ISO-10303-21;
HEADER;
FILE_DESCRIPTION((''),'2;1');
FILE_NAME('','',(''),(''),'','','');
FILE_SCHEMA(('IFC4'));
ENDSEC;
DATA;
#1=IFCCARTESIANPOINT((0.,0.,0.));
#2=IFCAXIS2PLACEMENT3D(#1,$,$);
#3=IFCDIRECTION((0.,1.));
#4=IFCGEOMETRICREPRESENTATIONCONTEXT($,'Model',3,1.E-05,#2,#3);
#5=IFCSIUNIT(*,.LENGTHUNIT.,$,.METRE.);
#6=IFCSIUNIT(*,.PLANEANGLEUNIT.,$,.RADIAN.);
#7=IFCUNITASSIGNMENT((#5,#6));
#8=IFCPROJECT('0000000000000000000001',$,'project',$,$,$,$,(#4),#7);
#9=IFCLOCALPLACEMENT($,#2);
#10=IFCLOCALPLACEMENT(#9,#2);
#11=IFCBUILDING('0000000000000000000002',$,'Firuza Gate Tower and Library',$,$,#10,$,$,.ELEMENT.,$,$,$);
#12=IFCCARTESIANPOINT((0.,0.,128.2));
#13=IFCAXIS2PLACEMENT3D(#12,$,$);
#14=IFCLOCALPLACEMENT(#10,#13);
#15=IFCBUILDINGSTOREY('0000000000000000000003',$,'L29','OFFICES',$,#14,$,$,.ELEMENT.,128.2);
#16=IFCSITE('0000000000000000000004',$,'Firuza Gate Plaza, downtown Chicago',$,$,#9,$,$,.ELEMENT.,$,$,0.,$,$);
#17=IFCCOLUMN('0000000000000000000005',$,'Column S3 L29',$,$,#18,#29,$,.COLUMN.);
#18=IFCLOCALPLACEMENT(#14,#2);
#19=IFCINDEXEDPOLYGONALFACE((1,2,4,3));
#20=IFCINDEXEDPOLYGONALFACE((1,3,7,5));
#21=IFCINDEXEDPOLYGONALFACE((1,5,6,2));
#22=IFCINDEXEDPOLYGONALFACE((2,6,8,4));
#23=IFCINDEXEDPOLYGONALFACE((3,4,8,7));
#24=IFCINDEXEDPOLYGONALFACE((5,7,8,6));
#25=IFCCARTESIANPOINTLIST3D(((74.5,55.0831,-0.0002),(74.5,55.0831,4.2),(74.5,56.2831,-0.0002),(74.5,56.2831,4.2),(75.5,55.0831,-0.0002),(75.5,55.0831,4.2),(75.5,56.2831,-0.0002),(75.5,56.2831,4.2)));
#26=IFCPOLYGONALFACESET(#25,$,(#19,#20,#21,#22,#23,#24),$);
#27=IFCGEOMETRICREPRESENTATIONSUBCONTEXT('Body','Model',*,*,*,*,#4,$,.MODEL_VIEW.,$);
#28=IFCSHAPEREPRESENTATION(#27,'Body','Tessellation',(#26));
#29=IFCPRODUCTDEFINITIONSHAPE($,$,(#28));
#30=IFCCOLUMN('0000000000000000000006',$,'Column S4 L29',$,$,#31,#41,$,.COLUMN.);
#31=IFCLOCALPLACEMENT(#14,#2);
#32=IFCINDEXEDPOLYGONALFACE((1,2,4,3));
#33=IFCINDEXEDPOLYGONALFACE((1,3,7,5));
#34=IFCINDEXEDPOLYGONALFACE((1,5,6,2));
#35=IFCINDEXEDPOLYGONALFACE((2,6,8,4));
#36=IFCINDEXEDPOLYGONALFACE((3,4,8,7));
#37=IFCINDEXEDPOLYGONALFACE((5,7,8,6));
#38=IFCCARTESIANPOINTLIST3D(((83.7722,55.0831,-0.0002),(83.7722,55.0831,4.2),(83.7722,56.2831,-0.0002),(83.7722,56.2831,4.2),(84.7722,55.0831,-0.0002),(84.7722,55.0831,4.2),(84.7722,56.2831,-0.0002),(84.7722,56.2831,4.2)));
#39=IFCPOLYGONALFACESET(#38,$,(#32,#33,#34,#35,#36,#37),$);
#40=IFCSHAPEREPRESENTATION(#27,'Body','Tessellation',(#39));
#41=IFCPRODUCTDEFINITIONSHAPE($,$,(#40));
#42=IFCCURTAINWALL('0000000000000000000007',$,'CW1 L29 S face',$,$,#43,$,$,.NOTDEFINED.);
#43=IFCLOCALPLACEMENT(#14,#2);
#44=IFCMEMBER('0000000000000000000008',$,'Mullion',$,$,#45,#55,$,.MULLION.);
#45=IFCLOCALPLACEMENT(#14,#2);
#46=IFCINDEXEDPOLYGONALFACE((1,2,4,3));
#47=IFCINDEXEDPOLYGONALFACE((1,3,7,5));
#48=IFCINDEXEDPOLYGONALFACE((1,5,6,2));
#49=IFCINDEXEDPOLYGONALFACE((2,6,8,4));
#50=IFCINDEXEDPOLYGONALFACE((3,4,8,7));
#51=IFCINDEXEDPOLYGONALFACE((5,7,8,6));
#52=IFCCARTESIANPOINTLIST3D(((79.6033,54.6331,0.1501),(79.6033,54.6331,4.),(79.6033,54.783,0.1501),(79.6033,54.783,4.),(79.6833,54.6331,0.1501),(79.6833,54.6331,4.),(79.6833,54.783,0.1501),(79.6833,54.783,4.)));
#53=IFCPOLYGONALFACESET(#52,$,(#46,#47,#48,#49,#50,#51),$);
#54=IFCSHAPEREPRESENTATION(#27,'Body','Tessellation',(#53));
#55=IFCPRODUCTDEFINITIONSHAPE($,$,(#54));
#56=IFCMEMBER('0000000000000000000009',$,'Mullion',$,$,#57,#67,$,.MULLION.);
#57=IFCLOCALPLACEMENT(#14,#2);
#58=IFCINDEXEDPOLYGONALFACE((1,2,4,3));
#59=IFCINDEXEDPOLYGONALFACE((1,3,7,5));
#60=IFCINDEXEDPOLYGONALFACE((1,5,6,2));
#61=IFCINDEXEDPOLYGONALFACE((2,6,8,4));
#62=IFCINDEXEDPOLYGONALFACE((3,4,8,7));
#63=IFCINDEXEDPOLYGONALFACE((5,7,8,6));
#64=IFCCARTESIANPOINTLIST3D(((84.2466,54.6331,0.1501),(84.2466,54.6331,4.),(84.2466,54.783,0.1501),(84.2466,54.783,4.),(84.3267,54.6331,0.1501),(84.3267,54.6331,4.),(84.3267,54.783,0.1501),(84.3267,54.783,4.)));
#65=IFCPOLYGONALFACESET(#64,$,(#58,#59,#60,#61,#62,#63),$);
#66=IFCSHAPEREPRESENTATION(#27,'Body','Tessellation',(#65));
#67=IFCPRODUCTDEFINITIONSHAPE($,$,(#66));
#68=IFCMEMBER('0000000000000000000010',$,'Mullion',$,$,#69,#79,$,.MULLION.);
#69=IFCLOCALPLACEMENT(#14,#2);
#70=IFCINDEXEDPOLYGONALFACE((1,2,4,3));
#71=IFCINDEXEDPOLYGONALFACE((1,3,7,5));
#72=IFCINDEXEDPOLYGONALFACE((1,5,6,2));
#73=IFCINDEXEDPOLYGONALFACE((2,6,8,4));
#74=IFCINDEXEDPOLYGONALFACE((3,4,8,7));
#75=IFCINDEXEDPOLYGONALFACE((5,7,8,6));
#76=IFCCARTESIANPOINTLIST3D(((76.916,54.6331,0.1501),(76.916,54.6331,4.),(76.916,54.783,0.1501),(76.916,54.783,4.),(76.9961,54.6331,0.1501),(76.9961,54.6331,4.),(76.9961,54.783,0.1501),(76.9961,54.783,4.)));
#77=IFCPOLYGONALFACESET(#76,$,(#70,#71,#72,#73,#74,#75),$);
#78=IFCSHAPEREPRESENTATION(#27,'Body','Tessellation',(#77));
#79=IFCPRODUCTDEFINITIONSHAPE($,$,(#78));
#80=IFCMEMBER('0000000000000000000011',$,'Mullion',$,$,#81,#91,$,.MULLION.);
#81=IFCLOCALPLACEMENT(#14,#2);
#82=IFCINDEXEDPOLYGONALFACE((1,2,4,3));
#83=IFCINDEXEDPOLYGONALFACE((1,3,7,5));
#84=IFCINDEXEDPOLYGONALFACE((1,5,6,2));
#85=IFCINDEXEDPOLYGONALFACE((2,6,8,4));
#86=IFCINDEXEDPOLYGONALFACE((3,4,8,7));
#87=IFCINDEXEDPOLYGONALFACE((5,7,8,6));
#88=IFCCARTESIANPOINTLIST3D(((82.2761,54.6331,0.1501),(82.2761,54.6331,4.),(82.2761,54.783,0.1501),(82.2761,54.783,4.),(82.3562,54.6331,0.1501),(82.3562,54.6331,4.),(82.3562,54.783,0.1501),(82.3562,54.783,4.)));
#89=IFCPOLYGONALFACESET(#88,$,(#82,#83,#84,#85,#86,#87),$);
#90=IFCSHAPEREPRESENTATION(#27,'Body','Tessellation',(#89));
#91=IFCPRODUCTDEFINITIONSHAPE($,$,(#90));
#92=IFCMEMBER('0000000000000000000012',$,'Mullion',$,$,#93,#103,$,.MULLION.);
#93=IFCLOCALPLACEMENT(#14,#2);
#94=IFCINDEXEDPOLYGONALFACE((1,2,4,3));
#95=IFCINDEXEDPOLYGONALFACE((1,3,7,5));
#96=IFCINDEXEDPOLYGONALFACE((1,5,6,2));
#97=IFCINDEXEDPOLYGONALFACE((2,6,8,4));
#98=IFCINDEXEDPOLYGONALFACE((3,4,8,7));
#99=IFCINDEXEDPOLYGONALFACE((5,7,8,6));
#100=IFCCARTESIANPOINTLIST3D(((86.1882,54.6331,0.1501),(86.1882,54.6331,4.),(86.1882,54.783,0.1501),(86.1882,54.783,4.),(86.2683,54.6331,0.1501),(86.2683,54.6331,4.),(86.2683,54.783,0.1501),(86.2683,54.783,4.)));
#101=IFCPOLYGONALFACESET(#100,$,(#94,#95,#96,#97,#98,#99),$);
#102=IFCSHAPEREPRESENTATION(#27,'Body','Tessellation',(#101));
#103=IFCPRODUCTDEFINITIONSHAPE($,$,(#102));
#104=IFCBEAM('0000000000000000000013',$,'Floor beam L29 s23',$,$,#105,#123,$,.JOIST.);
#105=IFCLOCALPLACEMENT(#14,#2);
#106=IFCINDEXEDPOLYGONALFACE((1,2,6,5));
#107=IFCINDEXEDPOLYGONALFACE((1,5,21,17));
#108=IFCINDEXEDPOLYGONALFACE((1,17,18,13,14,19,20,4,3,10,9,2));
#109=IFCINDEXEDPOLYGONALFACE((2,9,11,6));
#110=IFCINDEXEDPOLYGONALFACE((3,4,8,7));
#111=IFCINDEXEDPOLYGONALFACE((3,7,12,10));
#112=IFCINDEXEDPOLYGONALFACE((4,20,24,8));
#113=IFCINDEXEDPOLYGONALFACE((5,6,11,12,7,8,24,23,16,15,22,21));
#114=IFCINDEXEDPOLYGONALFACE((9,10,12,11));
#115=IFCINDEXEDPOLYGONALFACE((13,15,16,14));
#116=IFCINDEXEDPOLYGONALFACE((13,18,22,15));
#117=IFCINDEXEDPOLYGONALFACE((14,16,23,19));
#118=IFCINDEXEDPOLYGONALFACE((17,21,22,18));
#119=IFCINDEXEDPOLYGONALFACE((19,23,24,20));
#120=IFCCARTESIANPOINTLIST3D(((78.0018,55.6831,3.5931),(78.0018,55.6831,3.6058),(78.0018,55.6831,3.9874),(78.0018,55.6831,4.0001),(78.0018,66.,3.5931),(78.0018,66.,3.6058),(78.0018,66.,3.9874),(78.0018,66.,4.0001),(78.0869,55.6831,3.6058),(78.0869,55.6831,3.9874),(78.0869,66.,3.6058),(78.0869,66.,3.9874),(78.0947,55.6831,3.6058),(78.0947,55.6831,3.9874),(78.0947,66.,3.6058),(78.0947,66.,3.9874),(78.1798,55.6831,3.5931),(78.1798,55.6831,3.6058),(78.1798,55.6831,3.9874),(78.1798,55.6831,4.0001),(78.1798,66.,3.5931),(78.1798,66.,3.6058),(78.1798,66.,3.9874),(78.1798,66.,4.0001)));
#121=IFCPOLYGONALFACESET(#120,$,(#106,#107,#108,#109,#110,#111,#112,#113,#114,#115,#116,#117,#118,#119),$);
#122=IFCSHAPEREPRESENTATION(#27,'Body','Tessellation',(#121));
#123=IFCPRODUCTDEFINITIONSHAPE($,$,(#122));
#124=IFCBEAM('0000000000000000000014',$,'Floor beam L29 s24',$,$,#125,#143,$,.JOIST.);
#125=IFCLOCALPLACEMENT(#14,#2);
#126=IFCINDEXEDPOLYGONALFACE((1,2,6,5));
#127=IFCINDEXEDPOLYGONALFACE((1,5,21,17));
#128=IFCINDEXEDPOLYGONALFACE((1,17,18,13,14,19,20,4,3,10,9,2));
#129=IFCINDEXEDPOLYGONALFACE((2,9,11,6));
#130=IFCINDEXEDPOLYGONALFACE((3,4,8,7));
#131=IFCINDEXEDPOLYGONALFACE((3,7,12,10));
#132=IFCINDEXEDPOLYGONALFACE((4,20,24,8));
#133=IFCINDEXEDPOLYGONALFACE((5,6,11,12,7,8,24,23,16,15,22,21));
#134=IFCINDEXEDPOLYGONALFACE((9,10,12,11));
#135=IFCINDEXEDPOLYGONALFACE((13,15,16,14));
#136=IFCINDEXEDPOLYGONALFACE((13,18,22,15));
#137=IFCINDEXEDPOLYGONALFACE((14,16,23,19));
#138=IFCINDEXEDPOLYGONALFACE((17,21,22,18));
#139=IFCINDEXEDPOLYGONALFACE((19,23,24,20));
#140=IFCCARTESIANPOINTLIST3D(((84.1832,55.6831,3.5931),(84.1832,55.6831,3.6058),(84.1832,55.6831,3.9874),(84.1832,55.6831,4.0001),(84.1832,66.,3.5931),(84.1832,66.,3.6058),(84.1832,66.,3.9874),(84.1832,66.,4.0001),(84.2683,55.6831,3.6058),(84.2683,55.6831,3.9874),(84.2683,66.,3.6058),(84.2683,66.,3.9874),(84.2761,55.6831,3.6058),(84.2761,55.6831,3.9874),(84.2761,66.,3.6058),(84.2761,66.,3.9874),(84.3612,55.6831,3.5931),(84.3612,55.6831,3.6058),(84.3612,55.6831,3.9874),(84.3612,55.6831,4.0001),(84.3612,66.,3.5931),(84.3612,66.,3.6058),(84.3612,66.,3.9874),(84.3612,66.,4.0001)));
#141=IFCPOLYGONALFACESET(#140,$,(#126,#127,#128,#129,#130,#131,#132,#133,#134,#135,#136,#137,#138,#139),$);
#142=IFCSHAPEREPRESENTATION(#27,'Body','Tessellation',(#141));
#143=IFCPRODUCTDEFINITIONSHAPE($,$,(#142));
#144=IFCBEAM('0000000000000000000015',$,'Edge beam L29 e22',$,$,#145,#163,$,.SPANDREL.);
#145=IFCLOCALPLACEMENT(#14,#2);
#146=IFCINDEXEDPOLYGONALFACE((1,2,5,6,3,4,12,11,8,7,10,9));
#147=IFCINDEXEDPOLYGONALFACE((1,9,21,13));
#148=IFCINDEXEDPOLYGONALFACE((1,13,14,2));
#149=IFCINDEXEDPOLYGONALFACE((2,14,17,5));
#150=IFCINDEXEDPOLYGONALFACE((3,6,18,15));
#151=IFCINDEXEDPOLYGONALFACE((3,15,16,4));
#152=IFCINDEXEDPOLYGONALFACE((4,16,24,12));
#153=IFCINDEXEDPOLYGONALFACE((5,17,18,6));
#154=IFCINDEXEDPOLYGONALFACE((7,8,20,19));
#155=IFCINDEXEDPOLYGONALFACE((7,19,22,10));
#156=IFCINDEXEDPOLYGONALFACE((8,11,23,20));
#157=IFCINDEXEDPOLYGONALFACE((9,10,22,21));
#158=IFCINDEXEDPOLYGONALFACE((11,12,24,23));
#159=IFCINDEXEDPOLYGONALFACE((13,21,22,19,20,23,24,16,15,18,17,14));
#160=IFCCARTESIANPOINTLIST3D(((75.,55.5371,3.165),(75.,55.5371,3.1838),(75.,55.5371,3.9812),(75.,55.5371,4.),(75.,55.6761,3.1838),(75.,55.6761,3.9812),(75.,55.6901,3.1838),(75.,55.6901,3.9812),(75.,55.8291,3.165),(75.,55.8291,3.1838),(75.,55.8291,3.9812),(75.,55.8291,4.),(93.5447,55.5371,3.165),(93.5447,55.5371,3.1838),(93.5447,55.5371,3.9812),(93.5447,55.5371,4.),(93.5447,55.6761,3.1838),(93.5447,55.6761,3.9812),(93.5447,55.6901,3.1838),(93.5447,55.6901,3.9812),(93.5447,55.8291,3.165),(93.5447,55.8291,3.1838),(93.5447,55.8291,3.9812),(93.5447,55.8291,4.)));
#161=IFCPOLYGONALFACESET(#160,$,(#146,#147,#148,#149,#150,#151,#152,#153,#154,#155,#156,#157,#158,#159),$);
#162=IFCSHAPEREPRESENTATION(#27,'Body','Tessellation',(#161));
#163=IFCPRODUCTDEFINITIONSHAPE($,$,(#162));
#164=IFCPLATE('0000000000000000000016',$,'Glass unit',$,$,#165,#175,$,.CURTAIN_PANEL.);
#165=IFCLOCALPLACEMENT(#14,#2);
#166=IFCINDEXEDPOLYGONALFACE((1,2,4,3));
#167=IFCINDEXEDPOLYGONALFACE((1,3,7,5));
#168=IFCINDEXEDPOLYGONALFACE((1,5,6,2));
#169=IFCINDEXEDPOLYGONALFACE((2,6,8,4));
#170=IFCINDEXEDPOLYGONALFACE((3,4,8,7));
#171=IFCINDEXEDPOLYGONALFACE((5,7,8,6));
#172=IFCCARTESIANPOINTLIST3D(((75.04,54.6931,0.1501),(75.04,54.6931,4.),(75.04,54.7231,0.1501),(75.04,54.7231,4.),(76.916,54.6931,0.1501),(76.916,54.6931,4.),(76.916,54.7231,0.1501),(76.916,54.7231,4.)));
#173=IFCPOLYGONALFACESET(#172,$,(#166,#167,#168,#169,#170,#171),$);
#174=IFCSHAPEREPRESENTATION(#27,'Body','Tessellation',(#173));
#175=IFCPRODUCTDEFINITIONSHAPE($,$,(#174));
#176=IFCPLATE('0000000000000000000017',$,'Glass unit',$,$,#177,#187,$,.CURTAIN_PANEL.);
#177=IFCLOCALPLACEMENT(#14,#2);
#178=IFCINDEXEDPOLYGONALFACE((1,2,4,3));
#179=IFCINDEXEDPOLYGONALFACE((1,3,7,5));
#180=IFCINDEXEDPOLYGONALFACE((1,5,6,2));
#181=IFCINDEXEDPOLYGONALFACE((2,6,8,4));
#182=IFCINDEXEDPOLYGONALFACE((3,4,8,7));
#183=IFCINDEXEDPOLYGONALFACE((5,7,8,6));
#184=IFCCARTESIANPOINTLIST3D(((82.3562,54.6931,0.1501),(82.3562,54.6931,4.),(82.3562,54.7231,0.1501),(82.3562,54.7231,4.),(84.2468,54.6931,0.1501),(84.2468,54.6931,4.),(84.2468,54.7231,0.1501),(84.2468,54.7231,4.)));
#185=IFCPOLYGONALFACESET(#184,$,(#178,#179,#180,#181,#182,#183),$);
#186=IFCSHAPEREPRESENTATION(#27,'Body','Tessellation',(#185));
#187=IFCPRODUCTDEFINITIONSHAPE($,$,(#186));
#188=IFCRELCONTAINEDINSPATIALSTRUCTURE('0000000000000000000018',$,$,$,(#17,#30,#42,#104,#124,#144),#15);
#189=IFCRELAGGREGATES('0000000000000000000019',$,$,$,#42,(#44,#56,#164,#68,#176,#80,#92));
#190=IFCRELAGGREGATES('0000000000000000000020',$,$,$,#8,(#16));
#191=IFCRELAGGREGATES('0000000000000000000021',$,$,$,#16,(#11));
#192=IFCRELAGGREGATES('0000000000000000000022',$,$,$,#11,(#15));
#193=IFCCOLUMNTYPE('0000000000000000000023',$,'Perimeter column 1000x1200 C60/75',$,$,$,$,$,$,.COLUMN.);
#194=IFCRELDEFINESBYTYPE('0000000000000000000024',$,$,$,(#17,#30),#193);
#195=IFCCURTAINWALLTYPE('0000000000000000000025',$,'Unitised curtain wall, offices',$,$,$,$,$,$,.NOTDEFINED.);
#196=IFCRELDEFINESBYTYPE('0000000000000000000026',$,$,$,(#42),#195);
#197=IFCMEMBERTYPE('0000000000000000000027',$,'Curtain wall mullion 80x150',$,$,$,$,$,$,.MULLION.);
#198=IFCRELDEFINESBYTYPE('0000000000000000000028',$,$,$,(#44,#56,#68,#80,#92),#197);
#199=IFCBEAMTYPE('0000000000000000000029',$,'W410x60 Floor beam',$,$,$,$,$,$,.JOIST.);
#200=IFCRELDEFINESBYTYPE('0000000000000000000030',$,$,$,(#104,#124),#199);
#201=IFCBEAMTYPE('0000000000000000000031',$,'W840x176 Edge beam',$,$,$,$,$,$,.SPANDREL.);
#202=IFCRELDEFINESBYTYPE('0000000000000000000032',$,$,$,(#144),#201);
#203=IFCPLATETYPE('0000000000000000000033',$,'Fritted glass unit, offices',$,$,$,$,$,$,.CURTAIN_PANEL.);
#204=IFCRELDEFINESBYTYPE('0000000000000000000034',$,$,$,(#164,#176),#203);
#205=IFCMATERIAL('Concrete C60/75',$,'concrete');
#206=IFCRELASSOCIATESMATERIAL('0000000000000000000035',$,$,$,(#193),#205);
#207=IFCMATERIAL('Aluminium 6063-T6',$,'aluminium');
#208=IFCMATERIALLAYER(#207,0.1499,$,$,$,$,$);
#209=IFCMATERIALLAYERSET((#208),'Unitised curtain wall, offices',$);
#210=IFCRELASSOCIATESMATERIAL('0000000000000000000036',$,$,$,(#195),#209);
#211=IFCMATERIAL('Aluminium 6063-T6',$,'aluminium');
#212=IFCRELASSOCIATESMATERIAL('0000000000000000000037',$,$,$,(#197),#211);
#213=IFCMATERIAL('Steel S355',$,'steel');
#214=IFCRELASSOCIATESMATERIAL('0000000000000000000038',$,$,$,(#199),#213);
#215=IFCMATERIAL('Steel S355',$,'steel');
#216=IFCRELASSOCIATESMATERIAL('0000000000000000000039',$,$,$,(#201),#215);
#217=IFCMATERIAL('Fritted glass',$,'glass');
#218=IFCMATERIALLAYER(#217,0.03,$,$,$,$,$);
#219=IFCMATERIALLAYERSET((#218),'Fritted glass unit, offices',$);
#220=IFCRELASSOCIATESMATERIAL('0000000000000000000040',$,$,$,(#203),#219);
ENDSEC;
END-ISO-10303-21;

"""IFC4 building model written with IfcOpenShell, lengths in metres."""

from ifc_helpers import new_model, si_unit, direction, frame, origin, origin_2d, place, context, subcontext, project, spatial, polyline, rectangle, i_section, outline, extrude, material, layer, layer_set, material_profile, profile_set, type_object, element, aggregate, save


model = new_model("IFC4")

# Units and contexts
model_context = context("Model", 3, precision=1e-05, world=origin(), true_north=direction((0.0, 1.0)))
body_context = subcontext(model_context, "Body", "Model", "MODEL_VIEW")
ifc_project = project(units=[si_unit("LENGTHUNIT", "METRE"), si_unit("PLANEANGLEUNIT", "RADIAN")], contexts=[model_context])

# Site, building, storey
site_placement = place(None, origin())
site = spatial("IfcSite", under=ifc_project, at=site_placement, Name="Firuza Gate Plaza, downtown Chicago", CompositionType="ELEMENT", RefElevation=0.0)
building_placement = place(site_placement, origin())
building = spatial("IfcBuilding", under=site, at=building_placement, Name="Firuza Gate Tower and Library", CompositionType="ELEMENT")
storey_placement = place(building_placement, frame((0.0, 0.0, 128.2)))
storey = spatial("IfcBuildingStorey", under=building, at=storey_placement, Name="L29", Description="OFFICES", CompositionType="ELEMENT", Elevation=128.2)

# Columns
ifc_material_1 = material(Name="Concrete C60/75", Category="concrete")
ifc_material_profile_1 = material_profile(ifc_material_1, rectangle(XDim=1.0, YDim=1.2, at=origin_2d()))
ifc_profile_set_1 = profile_set([ifc_material_profile_1], Name="Concrete C60/75")
column_type = type_object("IfcColumnType", Name="Perimeter column 1000x1200 C60/75", PredefinedType="COLUMN", material=ifc_profile_set_1)
for number, where, z_axis, x_axis, name in (
    (1, (75.0, 55.6831, -0.0002), (0.0, 0.0, 1.0), (1.0, 0.0, 0.0), "Column S3 L29"),
    (2, (84.2722, 55.6831, -0.0002), (0.0, 0.0, 1.0), (1.0, 0.0, 0.0), "Column S4 L29"),
):
    element("IfcColumn", number, at=place(storey_placement, frame(where, z_axis=z_axis, x_axis=x_axis)), inside=storey, type_object=column_type, Name=name, PredefinedType="COLUMN", context=body_context, shape_type="SweptSolid", body=[
        extrude(rectangle(XDim=1.0, YDim=1.2, at=origin_2d()), origin(), (0.0, 0.0, 1.0), 4.2002),
    ])

# Curtain wall, members
ifc_material_2 = material(Name="Aluminium 6063-T6", Category="aluminium")
ifc_layer_1 = layer(ifc_material_2, 0.1499)
ifc_layer_set_1 = layer_set([ifc_layer_1], Name="Unitised curtain wall, offices")
curtain_wall_type = type_object("IfcCurtainWallType", Name="Unitised curtain wall, offices", PredefinedType="NOTDEFINED", material=ifc_layer_set_1)
curtain_wall_placement = place(storey_placement, origin())
curtain_wall = element("IfcCurtainWall", 3, at=curtain_wall_placement, inside=storey, type_object=curtain_wall_type, Name="CW1 L29 S face", PredefinedType="NOTDEFINED")
ifc_material_3 = material(Name="Aluminium 6063-T6", Category="aluminium")
ifc_material_profile_2 = material_profile(ifc_material_3, rectangle(XDim=0.1499, YDim=0.0801, at=origin_2d()))
ifc_profile_set_2 = profile_set([ifc_material_profile_2], Name="Aluminium 6063-T6")
member_type = type_object("IfcMemberType", Name="Curtain wall mullion 80x150", PredefinedType="MULLION", material=ifc_profile_set_2)
member_1_placement = place(storey_placement, frame((79.6433, 54.708, 0.1501), z_axis=(0.0, 0.0, 1.0), x_axis=(0.0, 1.0, 0.0)))
member_1 = element("IfcMember", 4, at=member_1_placement, type_object=member_type, Name="Mullion", PredefinedType="MULLION", context=body_context, shape_type="SweptSolid", body=[
    extrude(rectangle(XDim=0.1499, YDim=0.0801, at=origin_2d()), origin(), (0.0, 0.0, 1.0), 3.8499),
])
member_2_placement = place(storey_placement, frame((84.2866, 54.708, 0.1501), z_axis=(0.0, 0.0, 1.0), x_axis=(0.0, 1.0, 0.0)))
member_2 = element("IfcMember", 5, at=member_2_placement, type_object=member_type, Name="Mullion", PredefinedType="MULLION", context=body_context, shape_type="SweptSolid", body=[
    extrude(rectangle(XDim=0.1499, YDim=0.0801, at=origin_2d()), origin(), (0.0, 0.0, 1.0), 3.8499),
])
member_3_placement = place(storey_placement, frame((76.9561, 54.708, 0.1501), z_axis=(0.0, 0.0, 1.0), x_axis=(0.0, 1.0, 0.0)))
member_3 = element("IfcMember", 6, at=member_3_placement, type_object=member_type, Name="Mullion", PredefinedType="MULLION", context=body_context, shape_type="SweptSolid", body=[
    extrude(rectangle(XDim=0.1499, YDim=0.0801, at=origin_2d()), origin(), (0.0, 0.0, 1.0), 3.8499),
])
member_4_placement = place(storey_placement, frame((82.3162, 54.708, 0.1501), z_axis=(0.0, 0.0, 1.0), x_axis=(0.0, 1.0, 0.0)))
member_4 = element("IfcMember", 7, at=member_4_placement, type_object=member_type, Name="Mullion", PredefinedType="MULLION", context=body_context, shape_type="SweptSolid", body=[
    extrude(rectangle(XDim=0.1499, YDim=0.0801, at=origin_2d()), origin(), (0.0, 0.0, 1.0), 3.8499),
])
member_5_placement = place(storey_placement, frame((86.2283, 54.708, 0.1501), z_axis=(0.0, 0.0, 1.0), x_axis=(0.0, 1.0, 0.0)))
member_5 = element("IfcMember", 8, at=member_5_placement, type_object=member_type, Name="Mullion", PredefinedType="MULLION", context=body_context, shape_type="SweptSolid", body=[
    extrude(rectangle(XDim=0.1499, YDim=0.0801, at=origin_2d()), origin(), (0.0, 0.0, 1.0), 3.8499),
])

# Beams
ifc_material_4 = material(Name="Steel S355", Category="steel")
ifc_material_profile_3 = material_profile(ifc_material_4, i_section(OverallWidth=0.178, OverallDepth=0.407, WebThickness=0.0078, FlangeThickness=0.0127, at=origin_2d()))
ifc_profile_set_3 = profile_set([ifc_material_profile_3], Name="Steel S355")
beam_type_1 = type_object("IfcBeamType", Name="W410x60 Floor beam", PredefinedType="JOIST", material=ifc_profile_set_3)
for number, where, z_axis, x_axis, name in (
    (9, (78.0908, 55.6831, 3.7966), (0.0, 1.0, 0.0), (-1.0, 0.0, 0.0), "Floor beam L29 s23"),
    (10, (84.2722, 55.6831, 3.7966), (0.0, 1.0, 0.0), (-1.0, 0.0, 0.0), "Floor beam L29 s24"),
):
    element("IfcBeam", number, at=place(storey_placement, frame(where, z_axis=z_axis, x_axis=x_axis)), inside=storey, type_object=beam_type_1, Name=name, PredefinedType="JOIST", context=body_context, shape_type="SweptSolid", body=[
        extrude(i_section(OverallWidth=0.178, OverallDepth=0.407, WebThickness=0.0078, FlangeThickness=0.0127, at=origin_2d()), origin(), (0.0, 0.0, 1.0), 10.3169),
    ])
ifc_material_5 = material(Name="Steel S355", Category="steel")
ifc_material_profile_4 = material_profile(ifc_material_5, i_section(OverallWidth=0.292, OverallDepth=0.835, WebThickness=0.0139, FlangeThickness=0.0188, at=origin_2d()))
ifc_profile_set_4 = profile_set([ifc_material_profile_4], Name="Steel S355")
beam_type_2 = type_object("IfcBeamType", Name="W840x176 Edge beam", PredefinedType="SPANDREL", material=ifc_profile_set_4)
beam_placement = place(storey_placement, frame((75.0, 55.6831, 3.5825), z_axis=(1.0, 0.0, 0.0), x_axis=(0.0, 1.0, 0.0)))
element("IfcBeam", 11, at=beam_placement, inside=storey, type_object=beam_type_2, Name="Edge beam L29 e22", PredefinedType="SPANDREL", context=body_context, shape_type="SweptSolid", body=[
    extrude(i_section(OverallWidth=0.292, OverallDepth=0.835, WebThickness=0.0139, FlangeThickness=0.0188, at=origin_2d()), origin(), (0.0, 0.0, 1.0), 18.5447),
])

# Plates
ifc_material_6 = material(Name="Fritted glass", Category="glass")
ifc_layer_2 = layer(ifc_material_6, 0.03)
ifc_layer_set_2 = layer_set([ifc_layer_2], Name="Fritted glass unit, offices")
plate_type_1 = type_object("IfcPlateType", Name="Fritted glass unit, offices", PredefinedType="CURTAIN_PANEL", material=ifc_layer_set_2)
plate_1_placement = place(storey_placement, frame((75.04, 54.6931, 0.1501), z_axis=(0.0, -1.0, 0.0), x_axis=(1.0, 0.0, 0.0)))
plate_1 = element("IfcPlate", 12, at=plate_1_placement, type_object=plate_type_1, Name="Glass unit", PredefinedType="CURTAIN_PANEL", context=body_context, shape_type="SweptSolid", body=[
    extrude(outline(polyline([(0.0, 0.0), (1.876, 0.0), (1.876, 3.8499), (0.0, 3.8499), (0.0, 0.0)])), origin(), (0.0, 0.0, -1.0), 0.03),
])
plate_2_placement = place(storey_placement, frame((82.3562, 54.6931, 0.1501), z_axis=(0.0, -1.0, 0.0), x_axis=(1.0, 0.0, 0.0)))
plate_2 = element("IfcPlate", 13, at=plate_2_placement, type_object=plate_type_1, Name="Glass unit", PredefinedType="CURTAIN_PANEL", context=body_context, shape_type="SweptSolid", body=[
    extrude(outline(polyline([(0.0, 0.0), (1.8906, 0.0), (1.8906, 3.8499), (0.0, 3.8499), (0.0, 0.0)])), origin(), (0.0, 0.0, -1.0), 0.03),
])
aggregate(curtain_wall, [member_1, member_2, plate_1, member_3, plate_2, member_4, member_5])

save(model, "model.ifc")
